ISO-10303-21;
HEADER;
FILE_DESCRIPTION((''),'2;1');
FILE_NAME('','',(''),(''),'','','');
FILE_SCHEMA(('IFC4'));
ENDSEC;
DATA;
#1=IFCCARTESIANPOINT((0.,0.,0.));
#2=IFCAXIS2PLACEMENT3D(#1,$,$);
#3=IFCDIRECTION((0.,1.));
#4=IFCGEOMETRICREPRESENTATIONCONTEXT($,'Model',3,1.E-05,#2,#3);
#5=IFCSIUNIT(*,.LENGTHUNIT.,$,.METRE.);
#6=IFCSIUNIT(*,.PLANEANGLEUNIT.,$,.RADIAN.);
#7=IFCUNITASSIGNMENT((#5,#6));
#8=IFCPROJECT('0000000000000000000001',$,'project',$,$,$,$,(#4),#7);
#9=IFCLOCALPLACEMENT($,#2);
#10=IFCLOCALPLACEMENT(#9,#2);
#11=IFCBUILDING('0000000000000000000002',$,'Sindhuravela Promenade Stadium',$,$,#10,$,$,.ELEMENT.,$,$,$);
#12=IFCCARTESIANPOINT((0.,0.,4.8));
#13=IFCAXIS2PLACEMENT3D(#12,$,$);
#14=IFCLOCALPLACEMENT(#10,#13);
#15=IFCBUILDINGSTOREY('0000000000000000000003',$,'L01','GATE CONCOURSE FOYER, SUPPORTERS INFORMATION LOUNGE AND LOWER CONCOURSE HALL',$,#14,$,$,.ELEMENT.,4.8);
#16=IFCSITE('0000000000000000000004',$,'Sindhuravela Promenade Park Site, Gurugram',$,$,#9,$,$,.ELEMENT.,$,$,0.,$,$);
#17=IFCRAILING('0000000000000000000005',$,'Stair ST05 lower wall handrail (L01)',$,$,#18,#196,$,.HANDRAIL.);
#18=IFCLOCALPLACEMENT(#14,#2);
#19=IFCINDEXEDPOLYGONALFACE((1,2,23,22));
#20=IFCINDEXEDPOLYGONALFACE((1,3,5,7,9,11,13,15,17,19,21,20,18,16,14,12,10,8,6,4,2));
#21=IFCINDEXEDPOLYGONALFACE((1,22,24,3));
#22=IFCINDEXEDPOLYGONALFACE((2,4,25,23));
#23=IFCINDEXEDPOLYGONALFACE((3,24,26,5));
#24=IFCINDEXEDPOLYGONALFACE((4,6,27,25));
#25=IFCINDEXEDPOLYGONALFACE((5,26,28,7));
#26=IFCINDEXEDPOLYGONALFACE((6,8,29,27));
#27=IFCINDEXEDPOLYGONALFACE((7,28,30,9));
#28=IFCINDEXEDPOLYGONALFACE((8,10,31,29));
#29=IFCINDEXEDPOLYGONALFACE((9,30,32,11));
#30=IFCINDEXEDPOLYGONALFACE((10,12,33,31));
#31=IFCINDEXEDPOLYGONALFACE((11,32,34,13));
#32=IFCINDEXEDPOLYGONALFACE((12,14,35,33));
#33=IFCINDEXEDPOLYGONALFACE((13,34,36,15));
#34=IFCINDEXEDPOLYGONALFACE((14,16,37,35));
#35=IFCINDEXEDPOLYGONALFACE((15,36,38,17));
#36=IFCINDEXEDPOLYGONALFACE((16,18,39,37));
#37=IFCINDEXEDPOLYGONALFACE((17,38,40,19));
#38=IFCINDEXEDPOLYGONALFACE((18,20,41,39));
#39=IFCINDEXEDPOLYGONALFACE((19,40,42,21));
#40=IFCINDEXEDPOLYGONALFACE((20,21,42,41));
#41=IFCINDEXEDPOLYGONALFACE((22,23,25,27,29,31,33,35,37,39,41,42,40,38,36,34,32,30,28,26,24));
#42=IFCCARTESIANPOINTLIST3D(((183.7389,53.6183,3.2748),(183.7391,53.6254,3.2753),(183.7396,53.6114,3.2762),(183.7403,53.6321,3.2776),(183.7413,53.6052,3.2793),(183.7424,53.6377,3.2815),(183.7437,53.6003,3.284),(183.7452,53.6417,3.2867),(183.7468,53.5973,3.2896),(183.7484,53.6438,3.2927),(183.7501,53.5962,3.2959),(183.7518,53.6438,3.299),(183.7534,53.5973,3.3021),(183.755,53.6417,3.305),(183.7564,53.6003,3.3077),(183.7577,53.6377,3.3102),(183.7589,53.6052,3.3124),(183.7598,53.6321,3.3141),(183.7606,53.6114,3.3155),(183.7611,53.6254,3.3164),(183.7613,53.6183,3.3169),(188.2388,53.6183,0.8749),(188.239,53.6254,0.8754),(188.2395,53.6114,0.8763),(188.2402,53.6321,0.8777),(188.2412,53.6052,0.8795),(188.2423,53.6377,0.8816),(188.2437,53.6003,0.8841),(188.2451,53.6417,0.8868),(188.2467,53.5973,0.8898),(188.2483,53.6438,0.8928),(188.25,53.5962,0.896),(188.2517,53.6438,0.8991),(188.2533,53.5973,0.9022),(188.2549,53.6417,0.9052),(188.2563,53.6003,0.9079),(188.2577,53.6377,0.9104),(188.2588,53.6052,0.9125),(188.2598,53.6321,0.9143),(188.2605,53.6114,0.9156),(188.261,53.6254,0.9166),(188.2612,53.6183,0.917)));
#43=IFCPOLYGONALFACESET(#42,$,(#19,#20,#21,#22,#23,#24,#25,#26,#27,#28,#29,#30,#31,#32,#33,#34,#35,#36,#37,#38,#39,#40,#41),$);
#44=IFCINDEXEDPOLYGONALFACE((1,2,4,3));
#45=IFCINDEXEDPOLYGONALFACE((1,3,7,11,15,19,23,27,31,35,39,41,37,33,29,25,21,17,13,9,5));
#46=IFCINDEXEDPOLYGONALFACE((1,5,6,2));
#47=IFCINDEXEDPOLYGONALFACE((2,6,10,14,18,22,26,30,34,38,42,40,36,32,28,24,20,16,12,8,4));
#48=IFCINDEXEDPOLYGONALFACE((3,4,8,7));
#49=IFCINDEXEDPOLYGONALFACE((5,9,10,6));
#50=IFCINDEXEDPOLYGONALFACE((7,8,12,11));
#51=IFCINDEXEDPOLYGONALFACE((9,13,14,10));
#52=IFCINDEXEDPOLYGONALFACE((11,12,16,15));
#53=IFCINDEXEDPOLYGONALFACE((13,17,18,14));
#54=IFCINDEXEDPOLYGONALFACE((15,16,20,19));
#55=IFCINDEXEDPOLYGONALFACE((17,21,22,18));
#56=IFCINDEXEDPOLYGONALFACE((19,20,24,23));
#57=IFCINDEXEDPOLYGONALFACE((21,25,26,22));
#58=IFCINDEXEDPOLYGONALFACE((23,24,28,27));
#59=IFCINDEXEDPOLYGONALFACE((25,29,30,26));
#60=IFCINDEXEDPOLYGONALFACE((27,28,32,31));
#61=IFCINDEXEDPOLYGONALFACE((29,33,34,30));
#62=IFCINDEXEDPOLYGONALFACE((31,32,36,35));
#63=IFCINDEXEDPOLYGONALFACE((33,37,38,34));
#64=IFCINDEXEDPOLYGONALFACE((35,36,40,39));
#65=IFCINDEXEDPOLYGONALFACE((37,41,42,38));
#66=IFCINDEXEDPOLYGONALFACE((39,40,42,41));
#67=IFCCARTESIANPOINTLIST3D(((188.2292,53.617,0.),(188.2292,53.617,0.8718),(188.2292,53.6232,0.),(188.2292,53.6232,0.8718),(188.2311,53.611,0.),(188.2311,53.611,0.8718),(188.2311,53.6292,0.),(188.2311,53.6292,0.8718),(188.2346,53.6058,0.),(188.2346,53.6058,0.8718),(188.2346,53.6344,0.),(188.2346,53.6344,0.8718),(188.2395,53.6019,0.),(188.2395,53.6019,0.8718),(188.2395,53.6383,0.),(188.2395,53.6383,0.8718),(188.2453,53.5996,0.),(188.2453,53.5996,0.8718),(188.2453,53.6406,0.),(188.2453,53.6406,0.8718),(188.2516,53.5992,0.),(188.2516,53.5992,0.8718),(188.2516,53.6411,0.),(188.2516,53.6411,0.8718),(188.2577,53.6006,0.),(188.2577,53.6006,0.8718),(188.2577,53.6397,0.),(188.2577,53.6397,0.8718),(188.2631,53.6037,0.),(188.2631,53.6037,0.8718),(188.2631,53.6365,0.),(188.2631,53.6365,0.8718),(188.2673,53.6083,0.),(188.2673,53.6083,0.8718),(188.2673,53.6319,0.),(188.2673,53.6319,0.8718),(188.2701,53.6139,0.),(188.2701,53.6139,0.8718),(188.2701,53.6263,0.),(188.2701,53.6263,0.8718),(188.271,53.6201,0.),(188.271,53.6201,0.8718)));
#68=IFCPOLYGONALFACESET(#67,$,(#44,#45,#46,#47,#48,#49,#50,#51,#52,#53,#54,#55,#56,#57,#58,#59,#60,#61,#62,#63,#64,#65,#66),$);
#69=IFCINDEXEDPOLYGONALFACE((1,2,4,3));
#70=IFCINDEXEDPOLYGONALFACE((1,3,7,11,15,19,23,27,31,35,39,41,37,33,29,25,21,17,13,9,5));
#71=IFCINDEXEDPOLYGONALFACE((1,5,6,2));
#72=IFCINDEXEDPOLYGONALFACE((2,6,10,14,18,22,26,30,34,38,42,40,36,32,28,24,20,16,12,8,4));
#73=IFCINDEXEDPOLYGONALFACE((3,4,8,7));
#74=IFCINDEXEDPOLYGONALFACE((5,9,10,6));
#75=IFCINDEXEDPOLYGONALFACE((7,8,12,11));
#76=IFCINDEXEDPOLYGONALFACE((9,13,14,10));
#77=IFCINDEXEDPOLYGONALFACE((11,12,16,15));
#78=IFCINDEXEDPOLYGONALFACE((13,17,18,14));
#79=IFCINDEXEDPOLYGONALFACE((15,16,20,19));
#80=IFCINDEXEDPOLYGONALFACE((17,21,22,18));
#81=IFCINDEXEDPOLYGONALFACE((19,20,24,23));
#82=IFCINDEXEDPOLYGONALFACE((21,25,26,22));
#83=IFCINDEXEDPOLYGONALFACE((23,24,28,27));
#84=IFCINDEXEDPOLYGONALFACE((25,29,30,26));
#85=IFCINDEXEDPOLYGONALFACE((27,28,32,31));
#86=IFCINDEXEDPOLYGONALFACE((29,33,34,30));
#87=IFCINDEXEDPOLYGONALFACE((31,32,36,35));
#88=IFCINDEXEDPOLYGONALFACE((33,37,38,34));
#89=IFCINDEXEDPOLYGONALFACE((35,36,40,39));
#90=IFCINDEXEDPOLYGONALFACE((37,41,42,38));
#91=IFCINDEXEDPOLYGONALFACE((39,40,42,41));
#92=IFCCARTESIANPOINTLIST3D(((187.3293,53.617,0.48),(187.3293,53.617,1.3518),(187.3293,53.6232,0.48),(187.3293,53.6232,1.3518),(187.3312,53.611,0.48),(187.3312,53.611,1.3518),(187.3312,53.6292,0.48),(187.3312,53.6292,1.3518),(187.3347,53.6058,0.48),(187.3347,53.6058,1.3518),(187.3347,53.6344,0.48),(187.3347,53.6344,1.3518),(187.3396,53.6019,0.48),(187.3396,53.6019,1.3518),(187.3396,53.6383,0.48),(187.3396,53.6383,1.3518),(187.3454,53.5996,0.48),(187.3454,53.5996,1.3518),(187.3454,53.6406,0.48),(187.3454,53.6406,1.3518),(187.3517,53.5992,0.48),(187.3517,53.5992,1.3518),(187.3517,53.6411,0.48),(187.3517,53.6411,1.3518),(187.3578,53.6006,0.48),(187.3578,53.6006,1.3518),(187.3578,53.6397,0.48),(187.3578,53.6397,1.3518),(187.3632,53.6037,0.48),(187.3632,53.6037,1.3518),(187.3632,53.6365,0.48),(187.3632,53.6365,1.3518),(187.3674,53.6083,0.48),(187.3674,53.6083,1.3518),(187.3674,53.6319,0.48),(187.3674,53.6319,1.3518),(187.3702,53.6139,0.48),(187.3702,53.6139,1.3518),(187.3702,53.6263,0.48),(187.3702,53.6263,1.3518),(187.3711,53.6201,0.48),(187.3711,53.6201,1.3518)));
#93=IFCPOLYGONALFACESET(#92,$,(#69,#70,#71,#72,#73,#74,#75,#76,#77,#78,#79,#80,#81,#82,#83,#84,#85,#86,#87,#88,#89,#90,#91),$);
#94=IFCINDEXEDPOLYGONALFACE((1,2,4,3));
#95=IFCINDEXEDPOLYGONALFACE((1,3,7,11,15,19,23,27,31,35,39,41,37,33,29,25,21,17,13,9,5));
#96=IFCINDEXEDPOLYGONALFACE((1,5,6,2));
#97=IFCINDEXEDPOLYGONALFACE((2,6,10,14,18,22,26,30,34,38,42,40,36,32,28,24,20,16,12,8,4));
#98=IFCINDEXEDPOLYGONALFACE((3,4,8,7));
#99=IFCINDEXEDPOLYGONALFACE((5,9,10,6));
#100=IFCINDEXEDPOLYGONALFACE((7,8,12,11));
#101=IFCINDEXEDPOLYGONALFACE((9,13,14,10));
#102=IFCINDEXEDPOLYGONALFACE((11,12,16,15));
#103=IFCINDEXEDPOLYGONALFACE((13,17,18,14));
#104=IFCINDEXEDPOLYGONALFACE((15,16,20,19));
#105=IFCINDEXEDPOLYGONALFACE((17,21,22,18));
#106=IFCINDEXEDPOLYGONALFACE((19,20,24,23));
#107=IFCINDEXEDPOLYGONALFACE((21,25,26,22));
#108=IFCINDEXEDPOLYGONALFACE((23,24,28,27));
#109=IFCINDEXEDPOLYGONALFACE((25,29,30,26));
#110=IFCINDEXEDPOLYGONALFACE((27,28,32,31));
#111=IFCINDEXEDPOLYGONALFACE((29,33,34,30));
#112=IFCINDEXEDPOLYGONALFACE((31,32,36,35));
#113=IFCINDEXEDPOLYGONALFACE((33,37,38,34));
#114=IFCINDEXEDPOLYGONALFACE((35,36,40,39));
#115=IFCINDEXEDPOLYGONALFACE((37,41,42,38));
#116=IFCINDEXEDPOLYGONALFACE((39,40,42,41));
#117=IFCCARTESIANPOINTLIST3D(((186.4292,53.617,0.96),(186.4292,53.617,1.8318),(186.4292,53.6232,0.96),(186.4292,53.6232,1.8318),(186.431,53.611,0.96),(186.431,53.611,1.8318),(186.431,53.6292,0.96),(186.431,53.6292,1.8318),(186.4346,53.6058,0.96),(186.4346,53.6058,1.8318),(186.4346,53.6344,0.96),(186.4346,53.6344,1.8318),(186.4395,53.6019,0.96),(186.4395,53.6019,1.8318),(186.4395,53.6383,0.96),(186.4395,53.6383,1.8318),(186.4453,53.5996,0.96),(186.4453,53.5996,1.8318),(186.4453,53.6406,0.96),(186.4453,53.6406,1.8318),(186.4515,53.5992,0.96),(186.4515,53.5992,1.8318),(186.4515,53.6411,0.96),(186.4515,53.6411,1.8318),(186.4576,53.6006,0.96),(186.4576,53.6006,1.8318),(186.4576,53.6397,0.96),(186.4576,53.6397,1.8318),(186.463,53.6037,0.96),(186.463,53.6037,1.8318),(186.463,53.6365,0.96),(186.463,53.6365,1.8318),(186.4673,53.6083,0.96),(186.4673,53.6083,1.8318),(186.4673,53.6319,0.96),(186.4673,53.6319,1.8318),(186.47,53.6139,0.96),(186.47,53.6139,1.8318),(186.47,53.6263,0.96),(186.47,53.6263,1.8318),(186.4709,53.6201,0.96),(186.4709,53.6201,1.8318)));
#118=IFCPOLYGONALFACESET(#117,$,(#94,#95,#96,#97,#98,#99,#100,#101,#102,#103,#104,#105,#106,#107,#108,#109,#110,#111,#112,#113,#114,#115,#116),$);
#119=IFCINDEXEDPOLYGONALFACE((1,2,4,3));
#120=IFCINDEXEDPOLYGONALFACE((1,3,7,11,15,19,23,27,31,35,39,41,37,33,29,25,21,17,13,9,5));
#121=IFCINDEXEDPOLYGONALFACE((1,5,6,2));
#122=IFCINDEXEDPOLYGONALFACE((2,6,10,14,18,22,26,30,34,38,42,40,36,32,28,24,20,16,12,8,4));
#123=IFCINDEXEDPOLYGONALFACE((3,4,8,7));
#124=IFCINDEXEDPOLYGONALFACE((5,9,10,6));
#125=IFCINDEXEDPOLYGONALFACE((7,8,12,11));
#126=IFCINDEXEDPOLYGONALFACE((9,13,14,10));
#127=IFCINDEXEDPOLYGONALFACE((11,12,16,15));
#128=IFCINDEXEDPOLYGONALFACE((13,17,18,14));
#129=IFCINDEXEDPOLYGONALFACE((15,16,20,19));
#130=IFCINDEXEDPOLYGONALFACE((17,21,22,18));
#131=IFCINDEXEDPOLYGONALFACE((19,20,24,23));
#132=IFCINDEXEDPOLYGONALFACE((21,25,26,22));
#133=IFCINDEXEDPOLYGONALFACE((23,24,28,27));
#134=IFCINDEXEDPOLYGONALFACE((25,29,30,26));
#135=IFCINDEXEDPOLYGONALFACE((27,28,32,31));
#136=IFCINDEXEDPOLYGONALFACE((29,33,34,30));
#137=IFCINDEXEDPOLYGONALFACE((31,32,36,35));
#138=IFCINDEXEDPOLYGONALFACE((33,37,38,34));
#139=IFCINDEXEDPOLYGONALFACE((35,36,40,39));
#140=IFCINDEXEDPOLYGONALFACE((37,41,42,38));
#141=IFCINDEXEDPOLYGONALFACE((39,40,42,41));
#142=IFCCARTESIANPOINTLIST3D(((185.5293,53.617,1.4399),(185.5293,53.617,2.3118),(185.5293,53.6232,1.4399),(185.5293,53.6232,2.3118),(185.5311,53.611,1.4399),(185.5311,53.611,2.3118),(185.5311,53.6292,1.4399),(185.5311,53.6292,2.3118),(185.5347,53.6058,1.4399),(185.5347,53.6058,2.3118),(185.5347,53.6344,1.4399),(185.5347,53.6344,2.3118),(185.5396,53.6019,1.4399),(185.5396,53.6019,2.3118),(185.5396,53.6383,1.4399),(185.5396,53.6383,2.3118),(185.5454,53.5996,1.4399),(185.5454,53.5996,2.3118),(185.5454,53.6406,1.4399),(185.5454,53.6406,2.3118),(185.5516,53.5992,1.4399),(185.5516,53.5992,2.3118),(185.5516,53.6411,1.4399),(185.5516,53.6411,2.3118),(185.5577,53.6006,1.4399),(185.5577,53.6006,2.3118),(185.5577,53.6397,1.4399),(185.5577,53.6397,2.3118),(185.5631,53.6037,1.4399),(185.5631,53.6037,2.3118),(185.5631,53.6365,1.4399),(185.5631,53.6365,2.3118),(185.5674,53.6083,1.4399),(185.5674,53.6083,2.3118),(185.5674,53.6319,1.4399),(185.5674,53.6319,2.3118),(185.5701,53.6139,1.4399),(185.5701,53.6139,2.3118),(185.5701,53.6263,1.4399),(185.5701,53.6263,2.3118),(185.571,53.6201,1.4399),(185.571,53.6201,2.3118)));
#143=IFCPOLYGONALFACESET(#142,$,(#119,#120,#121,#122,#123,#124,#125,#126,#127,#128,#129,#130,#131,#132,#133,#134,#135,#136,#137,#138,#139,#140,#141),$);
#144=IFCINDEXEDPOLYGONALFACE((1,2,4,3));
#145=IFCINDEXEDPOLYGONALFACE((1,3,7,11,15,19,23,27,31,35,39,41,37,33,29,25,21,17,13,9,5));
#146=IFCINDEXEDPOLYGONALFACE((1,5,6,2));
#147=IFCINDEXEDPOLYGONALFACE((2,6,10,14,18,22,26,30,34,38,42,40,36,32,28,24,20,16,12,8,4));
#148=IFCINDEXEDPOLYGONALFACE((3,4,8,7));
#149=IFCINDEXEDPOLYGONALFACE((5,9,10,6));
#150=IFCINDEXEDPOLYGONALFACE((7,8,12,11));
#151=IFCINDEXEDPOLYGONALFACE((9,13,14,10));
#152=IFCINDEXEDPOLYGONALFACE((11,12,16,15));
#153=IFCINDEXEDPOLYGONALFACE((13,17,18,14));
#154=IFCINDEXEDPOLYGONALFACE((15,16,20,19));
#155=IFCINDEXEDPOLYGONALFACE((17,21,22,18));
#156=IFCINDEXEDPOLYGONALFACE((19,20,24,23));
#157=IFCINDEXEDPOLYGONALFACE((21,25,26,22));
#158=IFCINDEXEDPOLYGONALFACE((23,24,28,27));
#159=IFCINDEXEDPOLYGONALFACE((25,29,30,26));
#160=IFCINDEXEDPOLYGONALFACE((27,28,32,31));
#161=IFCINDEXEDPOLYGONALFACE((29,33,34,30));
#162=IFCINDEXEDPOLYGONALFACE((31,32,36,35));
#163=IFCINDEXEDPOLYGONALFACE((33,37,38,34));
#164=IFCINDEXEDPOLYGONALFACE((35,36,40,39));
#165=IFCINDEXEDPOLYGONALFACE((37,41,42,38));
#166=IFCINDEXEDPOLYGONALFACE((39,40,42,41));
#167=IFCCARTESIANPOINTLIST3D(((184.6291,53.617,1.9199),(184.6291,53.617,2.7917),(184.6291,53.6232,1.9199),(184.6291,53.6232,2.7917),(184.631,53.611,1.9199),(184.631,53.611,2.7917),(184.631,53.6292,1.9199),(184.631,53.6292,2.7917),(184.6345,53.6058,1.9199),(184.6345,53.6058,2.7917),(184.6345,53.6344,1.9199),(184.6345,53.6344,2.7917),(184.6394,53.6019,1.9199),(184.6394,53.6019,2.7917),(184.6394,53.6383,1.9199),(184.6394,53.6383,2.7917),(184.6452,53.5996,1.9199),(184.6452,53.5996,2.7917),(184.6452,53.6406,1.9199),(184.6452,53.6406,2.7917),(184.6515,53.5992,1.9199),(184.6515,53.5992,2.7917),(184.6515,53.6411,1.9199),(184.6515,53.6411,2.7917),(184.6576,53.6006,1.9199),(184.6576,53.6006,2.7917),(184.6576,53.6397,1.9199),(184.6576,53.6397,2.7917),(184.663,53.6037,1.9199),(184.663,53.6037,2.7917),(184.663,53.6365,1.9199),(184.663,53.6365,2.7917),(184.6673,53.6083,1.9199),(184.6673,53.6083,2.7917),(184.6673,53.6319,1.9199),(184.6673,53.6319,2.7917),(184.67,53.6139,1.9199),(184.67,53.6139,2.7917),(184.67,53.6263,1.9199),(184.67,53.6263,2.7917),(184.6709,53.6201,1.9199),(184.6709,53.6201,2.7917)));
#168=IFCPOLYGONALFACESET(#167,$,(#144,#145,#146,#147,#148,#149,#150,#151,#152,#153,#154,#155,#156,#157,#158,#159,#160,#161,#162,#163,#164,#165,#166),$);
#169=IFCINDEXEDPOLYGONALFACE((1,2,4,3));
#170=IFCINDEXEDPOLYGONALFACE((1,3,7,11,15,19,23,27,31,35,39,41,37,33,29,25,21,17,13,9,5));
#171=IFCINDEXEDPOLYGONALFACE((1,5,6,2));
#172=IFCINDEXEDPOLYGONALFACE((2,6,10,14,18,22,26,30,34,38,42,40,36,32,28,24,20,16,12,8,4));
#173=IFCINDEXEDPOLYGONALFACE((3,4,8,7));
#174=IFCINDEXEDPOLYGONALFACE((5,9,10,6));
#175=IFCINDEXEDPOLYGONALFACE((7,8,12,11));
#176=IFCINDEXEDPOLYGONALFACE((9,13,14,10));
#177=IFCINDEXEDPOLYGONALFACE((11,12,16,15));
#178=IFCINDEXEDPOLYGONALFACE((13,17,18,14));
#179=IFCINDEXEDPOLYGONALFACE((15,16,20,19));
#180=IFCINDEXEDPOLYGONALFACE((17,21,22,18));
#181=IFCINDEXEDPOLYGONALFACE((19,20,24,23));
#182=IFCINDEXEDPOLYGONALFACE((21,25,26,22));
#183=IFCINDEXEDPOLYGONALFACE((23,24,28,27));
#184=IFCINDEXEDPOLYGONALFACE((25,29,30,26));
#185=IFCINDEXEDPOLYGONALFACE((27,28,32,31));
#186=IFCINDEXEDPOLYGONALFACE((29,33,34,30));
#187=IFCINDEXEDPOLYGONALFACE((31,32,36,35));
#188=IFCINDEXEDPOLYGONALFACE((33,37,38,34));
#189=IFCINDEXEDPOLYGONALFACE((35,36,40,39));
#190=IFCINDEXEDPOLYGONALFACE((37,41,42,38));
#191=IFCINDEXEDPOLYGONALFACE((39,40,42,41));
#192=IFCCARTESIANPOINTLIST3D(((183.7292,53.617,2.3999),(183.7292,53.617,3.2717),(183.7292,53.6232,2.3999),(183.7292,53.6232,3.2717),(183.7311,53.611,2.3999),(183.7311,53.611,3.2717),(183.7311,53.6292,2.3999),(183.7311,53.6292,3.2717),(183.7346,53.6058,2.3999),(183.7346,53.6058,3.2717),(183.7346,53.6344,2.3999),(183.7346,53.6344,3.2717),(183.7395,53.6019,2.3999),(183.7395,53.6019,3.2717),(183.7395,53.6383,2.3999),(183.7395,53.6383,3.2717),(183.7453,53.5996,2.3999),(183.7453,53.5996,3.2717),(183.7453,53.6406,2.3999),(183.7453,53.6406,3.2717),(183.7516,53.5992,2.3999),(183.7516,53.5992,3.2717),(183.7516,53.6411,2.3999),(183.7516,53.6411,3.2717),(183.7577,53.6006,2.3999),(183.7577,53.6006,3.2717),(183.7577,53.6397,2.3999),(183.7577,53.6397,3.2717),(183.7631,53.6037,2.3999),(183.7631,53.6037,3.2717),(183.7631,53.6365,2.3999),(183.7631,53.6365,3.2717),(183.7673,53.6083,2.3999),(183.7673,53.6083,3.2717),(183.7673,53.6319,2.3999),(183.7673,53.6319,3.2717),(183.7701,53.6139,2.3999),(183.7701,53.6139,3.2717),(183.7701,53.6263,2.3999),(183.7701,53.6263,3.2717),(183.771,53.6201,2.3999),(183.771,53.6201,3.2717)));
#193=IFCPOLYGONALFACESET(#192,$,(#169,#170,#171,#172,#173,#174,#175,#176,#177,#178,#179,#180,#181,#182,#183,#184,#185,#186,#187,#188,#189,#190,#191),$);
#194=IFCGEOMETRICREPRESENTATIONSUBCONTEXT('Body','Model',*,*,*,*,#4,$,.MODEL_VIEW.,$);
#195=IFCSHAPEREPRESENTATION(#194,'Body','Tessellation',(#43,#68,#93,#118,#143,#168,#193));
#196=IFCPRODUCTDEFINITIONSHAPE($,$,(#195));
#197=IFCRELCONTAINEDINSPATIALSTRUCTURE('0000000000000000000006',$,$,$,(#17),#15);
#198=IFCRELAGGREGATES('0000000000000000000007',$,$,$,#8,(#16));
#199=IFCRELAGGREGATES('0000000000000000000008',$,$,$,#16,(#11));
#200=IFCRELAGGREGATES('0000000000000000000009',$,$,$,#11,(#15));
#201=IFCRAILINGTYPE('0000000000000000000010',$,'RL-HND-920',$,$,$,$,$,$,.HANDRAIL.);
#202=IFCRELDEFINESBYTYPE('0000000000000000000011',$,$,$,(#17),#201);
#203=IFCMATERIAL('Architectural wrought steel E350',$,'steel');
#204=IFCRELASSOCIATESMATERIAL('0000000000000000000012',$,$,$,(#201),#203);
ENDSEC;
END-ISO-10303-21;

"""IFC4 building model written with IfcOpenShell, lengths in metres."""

from ifc_helpers import new_model, si_unit, direction, frame, origin, origin_2d, place, context, subcontext, project, spatial, circle, extrude, material, type_object, element, save


model = new_model("IFC4")

# Units and contexts
model_context = context("Model", 3, precision=1e-05, world=origin(), true_north=direction((0.0, 1.0)))
body_context = subcontext(model_context, "Body", "Model", "MODEL_VIEW")
ifc_project = project(units=[si_unit("LENGTHUNIT", "METRE"), si_unit("PLANEANGLEUNIT", "RADIAN")], contexts=[model_context])

# Site, building, storey
site_placement = place(None, origin())
site = spatial("IfcSite", under=ifc_project, at=site_placement, Name="Sindhuravela Promenade Park Site, Gurugram", CompositionType="ELEMENT", RefElevation=0.0)
building_placement = place(site_placement, origin())
building = spatial("IfcBuilding", under=site, at=building_placement, Name="Sindhuravela Promenade Stadium", CompositionType="ELEMENT")
storey_placement = place(building_placement, frame((0.0, 0.0, 4.8)))
storey = spatial("IfcBuildingStorey", under=building, at=storey_placement, Name="L01", Description="GATE CONCOURSE FOYER, SUPPORTERS INFORMATION LOUNGE AND LOWER CONCOURSE HALL", CompositionType="ELEMENT", Elevation=4.8)

# Railing
ifc_material_1 = material(Name="Architectural wrought steel E350", Category="steel")
railing_type_1 = type_object("IfcRailingType", Name="RL-HND-920", PredefinedType="HANDRAIL", material=ifc_material_1)
railing_1_placement = place(storey_placement, frame((188.25, 53.6201, 0.0)))
element("IfcRailing", 1, at=railing_1_placement, inside=storey, type_object=railing_type_1, Name="Stair ST05 lower wall handrail (L01)", PredefinedType="HANDRAIL", context=body_context, shape_type="SweptSolid", body=[
    extrude(circle(Radius=0.0239, at=origin_2d()), frame((0.0, 0.0, 0.896), z_axis=(-0.882361, 0.0, 0.470573), x_axis=(0.0, -1.0, 0.0)), (0.0, 0.0, 1.0), 5.0999),
    extrude(circle(Radius=0.021, at=origin_2d()), origin(), (0.0, 0.0, 1.0), 0.8718),
    extrude(circle(Radius=0.021, at=origin_2d()), frame((-0.8999, 0.0, 0.48)), (0.0, 0.0, 1.0), 0.8718),
    extrude(circle(Radius=0.021, at=origin_2d()), frame((-1.8, 0.0, 0.96)), (0.0, 0.0, 1.0), 0.8718),
    extrude(circle(Radius=0.021, at=origin_2d()), frame((-2.7, 0.0, 1.4399)), (0.0, 0.0, 1.0), 0.8718),
    extrude(circle(Radius=0.021, at=origin_2d()), frame((-3.6001, 0.0, 1.9199)), (0.0, 0.0, 1.0), 0.8718),
    extrude(circle(Radius=0.021, at=origin_2d()), frame((-4.5, 0.0, 2.3999)), (0.0, 0.0, 1.0), 0.8718),
])

save(model, "model.ifc")
